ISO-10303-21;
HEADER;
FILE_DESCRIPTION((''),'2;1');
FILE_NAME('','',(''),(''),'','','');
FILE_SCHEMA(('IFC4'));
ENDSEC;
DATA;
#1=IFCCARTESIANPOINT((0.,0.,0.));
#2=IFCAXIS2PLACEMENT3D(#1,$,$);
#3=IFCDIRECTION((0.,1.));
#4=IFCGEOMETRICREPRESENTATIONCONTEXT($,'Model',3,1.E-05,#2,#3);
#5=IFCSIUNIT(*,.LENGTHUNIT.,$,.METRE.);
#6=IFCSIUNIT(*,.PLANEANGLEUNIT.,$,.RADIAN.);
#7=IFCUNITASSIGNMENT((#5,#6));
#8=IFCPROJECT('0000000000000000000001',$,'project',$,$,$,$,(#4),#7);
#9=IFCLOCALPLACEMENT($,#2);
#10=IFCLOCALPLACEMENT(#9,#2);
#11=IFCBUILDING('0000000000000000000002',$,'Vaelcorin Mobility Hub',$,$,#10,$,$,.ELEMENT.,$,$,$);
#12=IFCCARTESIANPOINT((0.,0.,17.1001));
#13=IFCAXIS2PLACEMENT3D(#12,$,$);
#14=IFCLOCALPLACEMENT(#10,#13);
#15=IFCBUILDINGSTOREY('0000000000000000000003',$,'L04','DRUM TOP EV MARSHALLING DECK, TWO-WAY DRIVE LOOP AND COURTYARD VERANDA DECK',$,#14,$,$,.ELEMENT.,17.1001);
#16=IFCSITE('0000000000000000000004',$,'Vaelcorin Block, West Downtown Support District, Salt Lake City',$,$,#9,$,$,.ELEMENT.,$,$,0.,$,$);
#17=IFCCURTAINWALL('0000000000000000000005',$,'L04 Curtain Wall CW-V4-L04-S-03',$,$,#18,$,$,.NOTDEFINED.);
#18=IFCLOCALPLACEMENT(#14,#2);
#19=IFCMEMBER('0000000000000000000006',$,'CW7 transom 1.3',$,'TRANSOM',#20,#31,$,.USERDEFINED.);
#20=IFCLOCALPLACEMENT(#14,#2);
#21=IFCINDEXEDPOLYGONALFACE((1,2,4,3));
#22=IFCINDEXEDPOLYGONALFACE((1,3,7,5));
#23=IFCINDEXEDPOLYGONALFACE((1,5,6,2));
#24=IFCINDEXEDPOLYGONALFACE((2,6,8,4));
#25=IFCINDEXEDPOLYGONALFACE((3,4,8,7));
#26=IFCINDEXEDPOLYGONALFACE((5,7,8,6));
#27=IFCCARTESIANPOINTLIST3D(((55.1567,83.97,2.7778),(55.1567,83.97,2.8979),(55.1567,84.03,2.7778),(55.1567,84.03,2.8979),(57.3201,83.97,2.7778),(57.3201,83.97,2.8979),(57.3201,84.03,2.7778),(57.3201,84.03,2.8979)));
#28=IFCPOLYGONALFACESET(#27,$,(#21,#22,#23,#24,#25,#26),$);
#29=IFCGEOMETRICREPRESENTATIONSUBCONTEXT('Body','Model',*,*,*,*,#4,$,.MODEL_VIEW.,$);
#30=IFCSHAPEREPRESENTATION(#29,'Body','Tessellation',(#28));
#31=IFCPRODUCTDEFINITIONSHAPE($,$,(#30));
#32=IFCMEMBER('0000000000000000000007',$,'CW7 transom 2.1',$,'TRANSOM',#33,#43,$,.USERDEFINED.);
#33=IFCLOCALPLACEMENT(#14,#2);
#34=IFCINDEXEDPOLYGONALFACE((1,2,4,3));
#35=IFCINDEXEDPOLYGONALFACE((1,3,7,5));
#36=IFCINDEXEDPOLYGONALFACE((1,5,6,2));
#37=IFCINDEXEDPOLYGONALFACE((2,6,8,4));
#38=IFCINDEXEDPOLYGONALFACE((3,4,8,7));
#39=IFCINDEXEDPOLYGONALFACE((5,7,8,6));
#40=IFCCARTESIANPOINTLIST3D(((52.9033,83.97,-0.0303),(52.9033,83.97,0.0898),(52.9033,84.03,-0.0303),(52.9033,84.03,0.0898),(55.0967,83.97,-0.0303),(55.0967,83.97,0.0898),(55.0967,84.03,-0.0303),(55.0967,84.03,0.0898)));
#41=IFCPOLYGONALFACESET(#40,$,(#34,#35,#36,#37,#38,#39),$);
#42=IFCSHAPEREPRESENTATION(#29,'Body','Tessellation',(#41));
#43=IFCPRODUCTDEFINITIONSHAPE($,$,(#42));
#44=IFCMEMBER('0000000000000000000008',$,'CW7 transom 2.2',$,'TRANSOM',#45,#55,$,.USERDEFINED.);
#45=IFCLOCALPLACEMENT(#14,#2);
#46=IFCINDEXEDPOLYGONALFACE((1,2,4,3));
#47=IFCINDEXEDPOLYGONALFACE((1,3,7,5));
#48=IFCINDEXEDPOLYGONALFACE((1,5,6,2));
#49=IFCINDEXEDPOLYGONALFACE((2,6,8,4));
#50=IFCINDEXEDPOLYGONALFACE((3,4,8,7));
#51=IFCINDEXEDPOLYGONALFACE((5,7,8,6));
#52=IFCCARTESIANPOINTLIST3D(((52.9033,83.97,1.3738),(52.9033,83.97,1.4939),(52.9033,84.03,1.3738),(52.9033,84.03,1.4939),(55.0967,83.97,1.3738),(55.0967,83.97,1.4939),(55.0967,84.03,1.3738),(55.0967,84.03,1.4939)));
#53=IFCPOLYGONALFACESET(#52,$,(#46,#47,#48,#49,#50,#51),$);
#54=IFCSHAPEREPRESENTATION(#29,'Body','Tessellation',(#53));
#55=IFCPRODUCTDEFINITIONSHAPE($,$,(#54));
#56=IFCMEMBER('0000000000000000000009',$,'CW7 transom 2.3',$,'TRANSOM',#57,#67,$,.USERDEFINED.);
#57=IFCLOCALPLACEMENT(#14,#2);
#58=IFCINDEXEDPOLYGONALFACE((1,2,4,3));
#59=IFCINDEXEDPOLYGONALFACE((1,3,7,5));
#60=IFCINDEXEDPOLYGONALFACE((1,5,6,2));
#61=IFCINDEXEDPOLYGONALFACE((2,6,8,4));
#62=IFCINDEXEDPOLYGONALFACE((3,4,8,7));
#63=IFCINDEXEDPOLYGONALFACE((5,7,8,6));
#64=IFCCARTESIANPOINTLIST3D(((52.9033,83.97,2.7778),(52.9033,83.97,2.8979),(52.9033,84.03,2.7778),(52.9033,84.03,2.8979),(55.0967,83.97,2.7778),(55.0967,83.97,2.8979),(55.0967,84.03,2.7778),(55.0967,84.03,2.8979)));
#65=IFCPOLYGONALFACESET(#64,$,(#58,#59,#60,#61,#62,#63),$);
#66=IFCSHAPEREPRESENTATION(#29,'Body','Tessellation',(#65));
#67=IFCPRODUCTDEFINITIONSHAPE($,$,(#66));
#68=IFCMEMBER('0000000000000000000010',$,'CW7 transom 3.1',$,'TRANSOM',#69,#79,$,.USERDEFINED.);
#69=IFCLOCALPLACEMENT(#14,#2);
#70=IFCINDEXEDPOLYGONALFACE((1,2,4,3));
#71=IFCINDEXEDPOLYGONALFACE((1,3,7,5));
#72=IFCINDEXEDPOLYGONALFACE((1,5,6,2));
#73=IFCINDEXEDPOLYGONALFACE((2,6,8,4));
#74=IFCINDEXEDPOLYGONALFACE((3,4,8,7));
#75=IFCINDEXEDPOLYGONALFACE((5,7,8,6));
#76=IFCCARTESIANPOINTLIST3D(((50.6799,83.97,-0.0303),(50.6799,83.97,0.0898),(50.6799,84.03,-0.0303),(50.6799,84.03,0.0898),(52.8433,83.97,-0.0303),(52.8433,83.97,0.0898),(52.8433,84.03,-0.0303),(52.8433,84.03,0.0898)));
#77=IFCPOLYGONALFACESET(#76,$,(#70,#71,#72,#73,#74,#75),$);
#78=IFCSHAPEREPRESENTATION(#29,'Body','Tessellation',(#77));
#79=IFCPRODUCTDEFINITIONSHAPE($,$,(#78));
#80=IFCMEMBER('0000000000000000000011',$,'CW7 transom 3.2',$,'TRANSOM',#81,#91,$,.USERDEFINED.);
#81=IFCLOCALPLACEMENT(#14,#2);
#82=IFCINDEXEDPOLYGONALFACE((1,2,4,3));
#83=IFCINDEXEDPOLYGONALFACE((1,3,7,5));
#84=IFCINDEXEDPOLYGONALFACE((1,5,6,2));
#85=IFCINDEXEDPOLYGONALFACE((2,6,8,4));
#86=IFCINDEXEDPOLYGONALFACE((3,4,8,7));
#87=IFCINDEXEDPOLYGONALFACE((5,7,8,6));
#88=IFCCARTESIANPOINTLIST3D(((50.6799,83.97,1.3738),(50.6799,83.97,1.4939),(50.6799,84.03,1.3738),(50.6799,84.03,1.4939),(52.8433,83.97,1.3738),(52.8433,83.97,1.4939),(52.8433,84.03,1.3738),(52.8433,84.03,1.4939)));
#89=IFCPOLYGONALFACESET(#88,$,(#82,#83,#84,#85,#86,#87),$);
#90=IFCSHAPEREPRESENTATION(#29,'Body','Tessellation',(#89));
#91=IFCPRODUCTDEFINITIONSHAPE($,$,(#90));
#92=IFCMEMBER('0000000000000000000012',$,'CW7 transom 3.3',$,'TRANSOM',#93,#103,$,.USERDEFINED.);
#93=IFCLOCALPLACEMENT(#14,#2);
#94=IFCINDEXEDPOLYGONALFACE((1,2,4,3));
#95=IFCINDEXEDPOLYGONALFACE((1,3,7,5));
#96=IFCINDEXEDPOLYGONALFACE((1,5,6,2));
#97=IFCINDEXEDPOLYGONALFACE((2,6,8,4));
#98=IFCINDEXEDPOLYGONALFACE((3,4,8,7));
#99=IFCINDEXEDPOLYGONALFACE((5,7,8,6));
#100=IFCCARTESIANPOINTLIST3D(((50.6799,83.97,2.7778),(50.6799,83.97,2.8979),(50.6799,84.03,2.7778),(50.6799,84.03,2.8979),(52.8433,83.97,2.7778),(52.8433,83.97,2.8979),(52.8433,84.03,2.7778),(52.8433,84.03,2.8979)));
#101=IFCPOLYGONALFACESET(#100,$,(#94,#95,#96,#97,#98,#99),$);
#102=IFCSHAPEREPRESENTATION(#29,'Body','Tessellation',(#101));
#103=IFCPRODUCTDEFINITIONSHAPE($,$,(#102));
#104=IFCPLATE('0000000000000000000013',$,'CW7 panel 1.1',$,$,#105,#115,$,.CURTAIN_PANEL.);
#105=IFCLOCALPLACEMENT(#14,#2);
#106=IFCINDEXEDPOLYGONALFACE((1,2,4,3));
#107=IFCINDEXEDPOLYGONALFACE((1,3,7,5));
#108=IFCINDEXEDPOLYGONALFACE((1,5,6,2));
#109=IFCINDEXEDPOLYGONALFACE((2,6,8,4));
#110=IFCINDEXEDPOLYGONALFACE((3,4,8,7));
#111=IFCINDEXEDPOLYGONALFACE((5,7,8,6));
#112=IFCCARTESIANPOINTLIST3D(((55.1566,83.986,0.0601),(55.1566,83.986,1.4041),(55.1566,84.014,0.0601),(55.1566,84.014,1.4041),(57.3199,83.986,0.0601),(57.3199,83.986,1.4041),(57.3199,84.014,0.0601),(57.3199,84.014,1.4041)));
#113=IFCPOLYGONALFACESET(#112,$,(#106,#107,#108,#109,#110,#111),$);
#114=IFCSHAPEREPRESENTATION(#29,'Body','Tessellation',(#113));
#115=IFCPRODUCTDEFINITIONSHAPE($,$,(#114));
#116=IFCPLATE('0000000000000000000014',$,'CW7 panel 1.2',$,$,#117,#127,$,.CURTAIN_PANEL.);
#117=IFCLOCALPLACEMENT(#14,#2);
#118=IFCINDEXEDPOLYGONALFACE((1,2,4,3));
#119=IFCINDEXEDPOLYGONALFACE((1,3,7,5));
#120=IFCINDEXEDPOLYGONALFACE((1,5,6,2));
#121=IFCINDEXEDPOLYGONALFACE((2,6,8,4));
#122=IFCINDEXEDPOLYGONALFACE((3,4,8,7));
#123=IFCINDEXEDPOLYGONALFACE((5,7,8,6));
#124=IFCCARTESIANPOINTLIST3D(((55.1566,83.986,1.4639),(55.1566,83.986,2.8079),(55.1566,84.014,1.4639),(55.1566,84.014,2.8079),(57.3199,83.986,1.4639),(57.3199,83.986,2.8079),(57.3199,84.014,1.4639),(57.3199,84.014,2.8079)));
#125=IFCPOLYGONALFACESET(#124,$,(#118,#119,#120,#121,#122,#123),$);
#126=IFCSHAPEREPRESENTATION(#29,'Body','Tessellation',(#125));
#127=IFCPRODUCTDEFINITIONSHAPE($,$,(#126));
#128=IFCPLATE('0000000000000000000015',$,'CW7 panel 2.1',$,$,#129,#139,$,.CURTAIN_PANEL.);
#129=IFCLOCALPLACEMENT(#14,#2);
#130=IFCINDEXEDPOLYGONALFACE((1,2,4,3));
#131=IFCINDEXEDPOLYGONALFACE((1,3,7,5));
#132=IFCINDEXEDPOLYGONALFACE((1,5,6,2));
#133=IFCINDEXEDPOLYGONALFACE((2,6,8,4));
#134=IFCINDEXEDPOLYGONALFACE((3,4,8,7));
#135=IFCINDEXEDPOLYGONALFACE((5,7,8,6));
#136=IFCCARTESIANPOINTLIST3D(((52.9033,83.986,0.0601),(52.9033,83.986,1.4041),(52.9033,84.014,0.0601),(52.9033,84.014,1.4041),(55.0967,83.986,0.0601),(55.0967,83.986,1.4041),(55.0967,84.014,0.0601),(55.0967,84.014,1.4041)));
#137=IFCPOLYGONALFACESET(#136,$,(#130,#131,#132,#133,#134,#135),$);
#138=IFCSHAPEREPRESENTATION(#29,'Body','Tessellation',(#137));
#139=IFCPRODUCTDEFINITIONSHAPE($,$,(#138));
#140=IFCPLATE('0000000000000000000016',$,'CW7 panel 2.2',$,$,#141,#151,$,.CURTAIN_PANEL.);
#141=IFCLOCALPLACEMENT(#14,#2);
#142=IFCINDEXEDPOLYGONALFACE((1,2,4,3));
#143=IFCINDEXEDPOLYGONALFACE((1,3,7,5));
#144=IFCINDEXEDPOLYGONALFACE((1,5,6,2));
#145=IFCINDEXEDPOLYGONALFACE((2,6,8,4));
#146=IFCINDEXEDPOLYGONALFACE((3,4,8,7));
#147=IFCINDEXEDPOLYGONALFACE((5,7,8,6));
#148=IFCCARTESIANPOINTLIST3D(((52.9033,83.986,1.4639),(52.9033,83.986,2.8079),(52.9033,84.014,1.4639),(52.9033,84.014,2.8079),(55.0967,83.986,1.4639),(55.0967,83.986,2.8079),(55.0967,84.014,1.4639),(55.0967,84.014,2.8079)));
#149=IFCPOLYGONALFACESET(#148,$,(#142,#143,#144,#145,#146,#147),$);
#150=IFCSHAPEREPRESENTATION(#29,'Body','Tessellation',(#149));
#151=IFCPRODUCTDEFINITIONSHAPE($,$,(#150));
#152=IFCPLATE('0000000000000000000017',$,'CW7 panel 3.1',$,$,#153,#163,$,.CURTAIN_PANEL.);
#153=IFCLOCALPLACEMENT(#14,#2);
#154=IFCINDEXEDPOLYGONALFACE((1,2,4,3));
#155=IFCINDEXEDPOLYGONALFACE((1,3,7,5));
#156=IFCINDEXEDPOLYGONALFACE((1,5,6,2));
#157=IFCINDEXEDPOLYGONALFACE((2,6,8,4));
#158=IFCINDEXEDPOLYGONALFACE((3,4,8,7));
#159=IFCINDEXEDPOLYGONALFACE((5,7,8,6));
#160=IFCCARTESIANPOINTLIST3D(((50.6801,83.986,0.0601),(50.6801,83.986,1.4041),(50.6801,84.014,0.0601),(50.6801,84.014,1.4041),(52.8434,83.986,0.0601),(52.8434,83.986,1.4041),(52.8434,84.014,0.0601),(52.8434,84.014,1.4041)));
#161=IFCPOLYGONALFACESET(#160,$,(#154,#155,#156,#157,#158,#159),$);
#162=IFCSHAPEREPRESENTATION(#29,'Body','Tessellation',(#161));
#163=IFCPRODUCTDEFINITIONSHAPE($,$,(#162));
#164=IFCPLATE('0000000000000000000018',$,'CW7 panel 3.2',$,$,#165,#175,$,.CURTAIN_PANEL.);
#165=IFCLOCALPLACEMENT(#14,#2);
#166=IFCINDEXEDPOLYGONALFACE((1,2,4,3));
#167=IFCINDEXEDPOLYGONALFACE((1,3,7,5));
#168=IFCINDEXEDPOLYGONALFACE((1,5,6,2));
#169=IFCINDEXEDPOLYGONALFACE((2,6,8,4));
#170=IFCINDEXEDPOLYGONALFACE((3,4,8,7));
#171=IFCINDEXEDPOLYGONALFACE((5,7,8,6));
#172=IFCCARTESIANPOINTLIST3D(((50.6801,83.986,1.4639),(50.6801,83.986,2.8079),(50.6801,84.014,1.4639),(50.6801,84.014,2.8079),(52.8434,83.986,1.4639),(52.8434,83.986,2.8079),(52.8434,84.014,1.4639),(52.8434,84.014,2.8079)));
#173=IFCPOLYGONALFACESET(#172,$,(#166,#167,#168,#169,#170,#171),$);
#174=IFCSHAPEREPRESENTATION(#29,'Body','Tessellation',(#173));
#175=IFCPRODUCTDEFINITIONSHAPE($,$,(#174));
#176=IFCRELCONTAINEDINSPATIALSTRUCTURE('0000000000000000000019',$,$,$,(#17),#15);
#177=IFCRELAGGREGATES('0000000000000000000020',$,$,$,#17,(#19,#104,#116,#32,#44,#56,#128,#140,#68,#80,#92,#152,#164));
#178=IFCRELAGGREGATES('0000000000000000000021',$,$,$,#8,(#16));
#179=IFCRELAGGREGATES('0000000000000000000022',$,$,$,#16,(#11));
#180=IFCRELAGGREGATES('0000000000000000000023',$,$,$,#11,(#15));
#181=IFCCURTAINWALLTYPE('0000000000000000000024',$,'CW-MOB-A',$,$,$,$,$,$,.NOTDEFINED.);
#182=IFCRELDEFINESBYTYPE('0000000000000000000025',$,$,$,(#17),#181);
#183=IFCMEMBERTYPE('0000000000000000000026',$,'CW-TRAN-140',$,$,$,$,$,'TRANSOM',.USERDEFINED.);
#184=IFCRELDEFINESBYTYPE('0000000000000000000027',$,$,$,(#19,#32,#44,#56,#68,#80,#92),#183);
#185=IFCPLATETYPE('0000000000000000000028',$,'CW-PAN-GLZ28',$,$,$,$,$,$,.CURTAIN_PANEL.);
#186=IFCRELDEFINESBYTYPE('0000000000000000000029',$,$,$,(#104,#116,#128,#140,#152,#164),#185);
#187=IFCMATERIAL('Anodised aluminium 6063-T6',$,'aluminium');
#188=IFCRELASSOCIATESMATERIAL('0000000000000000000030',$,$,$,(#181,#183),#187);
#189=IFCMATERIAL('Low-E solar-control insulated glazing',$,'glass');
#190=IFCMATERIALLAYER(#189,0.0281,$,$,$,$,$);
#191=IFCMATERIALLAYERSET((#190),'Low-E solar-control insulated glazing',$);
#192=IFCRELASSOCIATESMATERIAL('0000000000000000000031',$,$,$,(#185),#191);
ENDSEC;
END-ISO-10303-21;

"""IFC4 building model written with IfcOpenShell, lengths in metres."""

from ifc_helpers import new_model, si_unit, direction, frame, origin, origin_2d, place, context, subcontext, project, spatial, rectangle, extrude, material, layer, layer_set, material_profile, profile_set, type_object, element, aggregate, save


model = new_model("IFC4")

# Units and contexts
model_context = context("Model", 3, precision=1e-05, world=origin(), true_north=direction((0.0, 1.0)))
body_context = subcontext(model_context, "Body", "Model", "MODEL_VIEW")
ifc_project = project(units=[si_unit("LENGTHUNIT", "METRE"), si_unit("PLANEANGLEUNIT", "RADIAN")], contexts=[model_context])

# Site, building, storey
site_placement = place(None, origin())
site = spatial("IfcSite", under=ifc_project, at=site_placement, Name="Vaelcorin Block, West Downtown Support District, Salt Lake City", CompositionType="ELEMENT", RefElevation=0.0)
building_placement = place(site_placement, origin())
building = spatial("IfcBuilding", under=site, at=building_placement, Name="Vaelcorin Mobility Hub", CompositionType="ELEMENT")
storey_placement = place(building_placement, frame((0.0, 0.0, 17.1001)))
storey = spatial("IfcBuildingStorey", under=building, at=storey_placement, Name="L04", Description="DRUM TOP EV MARSHALLING DECK, TWO-WAY DRIVE LOOP AND COURTYARD VERANDA DECK", CompositionType="ELEMENT", Elevation=17.1001)

# Shared definitions
ifc_material_1 = material(Name="Anodised aluminium 6063-T6", Category="aluminium")
curtain_wall_type = type_object("IfcCurtainWallType", Name="CW-MOB-A", PredefinedType="NOTDEFINED", material=ifc_material_1)

# Curtain wall, members, plates
curtain_wall_1_placement = place(storey_placement, origin())
curtain_wall_1 = element("IfcCurtainWall", 1, at=curtain_wall_1_placement, inside=storey, type_object=curtain_wall_type, Name="L04 Curtain Wall CW-V4-L04-S-03", PredefinedType="NOTDEFINED")
ifc_material_profile_1 = material_profile(ifc_material_1, rectangle(XDim=0.0601, YDim=0.1201, at=origin_2d()), Name="ALU-T60X120")
ifc_profile_set_1 = profile_set([ifc_material_profile_1], Name="Anodised aluminium 6063-T6")
member_type_1 = type_object("IfcMemberType", Name="CW-TRAN-140", ElementType="TRANSOM", PredefinedType="USERDEFINED", material=ifc_profile_set_1)
member_1_placement = place(storey_placement, frame((57.3201, 84.0, 2.8379), z_axis=(-1.0, 0.0, 0.0), x_axis=(0.0, -1.0, 0.0)))
member_1 = element("IfcMember", 2, at=member_1_placement, type_object=member_type_1, Name="CW7 transom 1.3", ObjectType="TRANSOM", PredefinedType="USERDEFINED", context=body_context, shape_type="SweptSolid", body=[
    extrude(rectangle(XDim=0.0601, YDim=0.1201, at=origin_2d()), origin(), (0.0, 0.0, 1.0), 2.1633),
])
member_2_placement = place(storey_placement, frame((55.0967, 84.0, 0.0298), z_axis=(-1.0, 0.0, 0.0), x_axis=(0.0, -1.0, 0.0)))
member_2 = element("IfcMember", 3, at=member_2_placement, type_object=member_type_1, Name="CW7 transom 2.1", ObjectType="TRANSOM", PredefinedType="USERDEFINED", context=body_context, shape_type="SweptSolid", body=[
    extrude(rectangle(XDim=0.0601, YDim=0.1201, at=origin_2d()), origin(), (0.0, 0.0, 1.0), 2.1934),
])
member_3_placement = place(storey_placement, frame((55.0967, 84.0, 1.4338), z_axis=(-1.0, 0.0, 0.0), x_axis=(0.0, -1.0, 0.0)))
member_3 = element("IfcMember", 4, at=member_3_placement, type_object=member_type_1, Name="CW7 transom 2.2", ObjectType="TRANSOM", PredefinedType="USERDEFINED", context=body_context, shape_type="SweptSolid", body=[
    extrude(rectangle(XDim=0.0601, YDim=0.1201, at=origin_2d()), origin(), (0.0, 0.0, 1.0), 2.1934),
])
member_4_placement = place(storey_placement, frame((55.0967, 84.0, 2.8379), z_axis=(-1.0, 0.0, 0.0), x_axis=(0.0, -1.0, 0.0)))
member_4 = element("IfcMember", 5, at=member_4_placement, type_object=member_type_1, Name="CW7 transom 2.3", ObjectType="TRANSOM", PredefinedType="USERDEFINED", context=body_context, shape_type="SweptSolid", body=[
    extrude(rectangle(XDim=0.0601, YDim=0.1201, at=origin_2d()), origin(), (0.0, 0.0, 1.0), 2.1934),
])
member_5_placement = place(storey_placement, frame((52.8433, 84.0, 0.0298), z_axis=(-1.0, 0.0, 0.0), x_axis=(0.0, -1.0, 0.0)))
member_5 = element("IfcMember", 6, at=member_5_placement, type_object=member_type_1, Name="CW7 transom 3.1", ObjectType="TRANSOM", PredefinedType="USERDEFINED", context=body_context, shape_type="SweptSolid", body=[
    extrude(rectangle(XDim=0.0601, YDim=0.1201, at=origin_2d()), origin(), (0.0, 0.0, 1.0), 2.1633),
])
member_6_placement = place(storey_placement, frame((52.8433, 84.0, 1.4338), z_axis=(-1.0, 0.0, 0.0), x_axis=(0.0, -1.0, 0.0)))
member_6 = element("IfcMember", 7, at=member_6_placement, type_object=member_type_1, Name="CW7 transom 3.2", ObjectType="TRANSOM", PredefinedType="USERDEFINED", context=body_context, shape_type="SweptSolid", body=[
    extrude(rectangle(XDim=0.0601, YDim=0.1201, at=origin_2d()), origin(), (0.0, 0.0, 1.0), 2.1633),
])
member_7_placement = place(storey_placement, frame((52.8433, 84.0, 2.8379), z_axis=(-1.0, 0.0, 0.0), x_axis=(0.0, -1.0, 0.0)))
member_7 = element("IfcMember", 8, at=member_7_placement, type_object=member_type_1, Name="CW7 transom 3.3", ObjectType="TRANSOM", PredefinedType="USERDEFINED", context=body_context, shape_type="SweptSolid", body=[
    extrude(rectangle(XDim=0.0601, YDim=0.1201, at=origin_2d()), origin(), (0.0, 0.0, 1.0), 2.1633),
])
ifc_material_2 = material(Name="Low-E solar-control insulated glazing", Category="glass")
ifc_layer = layer(ifc_material_2, 0.0281)
ifc_layer_set = layer_set([ifc_layer], Name="Low-E solar-control insulated glazing")
plate_type = type_object("IfcPlateType", Name="CW-PAN-GLZ28", PredefinedType="CURTAIN_PANEL", material=ifc_layer_set)
plate_1_placement = place(storey_placement, frame((56.2383, 84.0, 0.0601), z_axis=(0.0, 0.0, 1.0), x_axis=(-1.0, 0.0, 0.0)))
plate_1 = element("IfcPlate", 9, at=plate_1_placement, type_object=plate_type, Name="CW7 panel 1.1", PredefinedType="CURTAIN_PANEL", context=body_context, shape_type="SweptSolid", body=[
    extrude(rectangle(XDim=2.1633, YDim=0.0281, at=origin_2d()), origin(), (0.0, 0.0, 1.0), 1.344),
])
plate_2_placement = place(storey_placement, frame((56.2383, 84.0, 1.4639), z_axis=(0.0, 0.0, 1.0), x_axis=(-1.0, 0.0, 0.0)))
plate_2 = element("IfcPlate", 10, at=plate_2_placement, type_object=plate_type, Name="CW7 panel 1.2", PredefinedType="CURTAIN_PANEL", context=body_context, shape_type="SweptSolid", body=[
    extrude(rectangle(XDim=2.1633, YDim=0.0281, at=origin_2d()), origin(), (0.0, 0.0, 1.0), 1.344),
])
plate_3_placement = place(storey_placement, frame((54.0, 84.0, 0.0601), z_axis=(0.0, 0.0, 1.0), x_axis=(-1.0, 0.0, 0.0)))
plate_3 = element("IfcPlate", 11, at=plate_3_placement, type_object=plate_type, Name="CW7 panel 2.1", PredefinedType="CURTAIN_PANEL", context=body_context, shape_type="SweptSolid", body=[
    extrude(rectangle(XDim=2.1934, YDim=0.0281, at=origin_2d()), origin(), (0.0, 0.0, 1.0), 1.344),
])
plate_4_placement = place(storey_placement, frame((54.0, 84.0, 1.4639), z_axis=(0.0, 0.0, 1.0), x_axis=(-1.0, 0.0, 0.0)))
plate_4 = element("IfcPlate", 12, at=plate_4_placement, type_object=plate_type, Name="CW7 panel 2.2", PredefinedType="CURTAIN_PANEL", context=body_context, shape_type="SweptSolid", body=[
    extrude(rectangle(XDim=2.1934, YDim=0.0281, at=origin_2d()), origin(), (0.0, 0.0, 1.0), 1.344),
])
plate_5_placement = place(storey_placement, frame((51.7617, 84.0, 0.0601), z_axis=(0.0, 0.0, 1.0), x_axis=(-1.0, 0.0, 0.0)))
plate_5 = element("IfcPlate", 13, at=plate_5_placement, type_object=plate_type, Name="CW7 panel 3.1", PredefinedType="CURTAIN_PANEL", context=body_context, shape_type="SweptSolid", body=[
    extrude(rectangle(XDim=2.1633, YDim=0.0281, at=origin_2d()), origin(), (0.0, 0.0, 1.0), 1.344),
])
plate_6_placement = place(storey_placement, frame((51.7617, 84.0, 1.4639), z_axis=(0.0, 0.0, 1.0), x_axis=(-1.0, 0.0, 0.0)))
plate_6 = element("IfcPlate", 14, at=plate_6_placement, type_object=plate_type, Name="CW7 panel 3.2", PredefinedType="CURTAIN_PANEL", context=body_context, shape_type="SweptSolid", body=[
    extrude(rectangle(XDim=2.1633, YDim=0.0281, at=origin_2d()), origin(), (0.0, 0.0, 1.0), 1.344),
])
aggregate(curtain_wall_1, [member_1, plate_1, plate_2, member_2, member_3, member_4, plate_3, plate_4, member_5, member_6, member_7, plate_5, plate_6])

save(model, "model.ifc")
